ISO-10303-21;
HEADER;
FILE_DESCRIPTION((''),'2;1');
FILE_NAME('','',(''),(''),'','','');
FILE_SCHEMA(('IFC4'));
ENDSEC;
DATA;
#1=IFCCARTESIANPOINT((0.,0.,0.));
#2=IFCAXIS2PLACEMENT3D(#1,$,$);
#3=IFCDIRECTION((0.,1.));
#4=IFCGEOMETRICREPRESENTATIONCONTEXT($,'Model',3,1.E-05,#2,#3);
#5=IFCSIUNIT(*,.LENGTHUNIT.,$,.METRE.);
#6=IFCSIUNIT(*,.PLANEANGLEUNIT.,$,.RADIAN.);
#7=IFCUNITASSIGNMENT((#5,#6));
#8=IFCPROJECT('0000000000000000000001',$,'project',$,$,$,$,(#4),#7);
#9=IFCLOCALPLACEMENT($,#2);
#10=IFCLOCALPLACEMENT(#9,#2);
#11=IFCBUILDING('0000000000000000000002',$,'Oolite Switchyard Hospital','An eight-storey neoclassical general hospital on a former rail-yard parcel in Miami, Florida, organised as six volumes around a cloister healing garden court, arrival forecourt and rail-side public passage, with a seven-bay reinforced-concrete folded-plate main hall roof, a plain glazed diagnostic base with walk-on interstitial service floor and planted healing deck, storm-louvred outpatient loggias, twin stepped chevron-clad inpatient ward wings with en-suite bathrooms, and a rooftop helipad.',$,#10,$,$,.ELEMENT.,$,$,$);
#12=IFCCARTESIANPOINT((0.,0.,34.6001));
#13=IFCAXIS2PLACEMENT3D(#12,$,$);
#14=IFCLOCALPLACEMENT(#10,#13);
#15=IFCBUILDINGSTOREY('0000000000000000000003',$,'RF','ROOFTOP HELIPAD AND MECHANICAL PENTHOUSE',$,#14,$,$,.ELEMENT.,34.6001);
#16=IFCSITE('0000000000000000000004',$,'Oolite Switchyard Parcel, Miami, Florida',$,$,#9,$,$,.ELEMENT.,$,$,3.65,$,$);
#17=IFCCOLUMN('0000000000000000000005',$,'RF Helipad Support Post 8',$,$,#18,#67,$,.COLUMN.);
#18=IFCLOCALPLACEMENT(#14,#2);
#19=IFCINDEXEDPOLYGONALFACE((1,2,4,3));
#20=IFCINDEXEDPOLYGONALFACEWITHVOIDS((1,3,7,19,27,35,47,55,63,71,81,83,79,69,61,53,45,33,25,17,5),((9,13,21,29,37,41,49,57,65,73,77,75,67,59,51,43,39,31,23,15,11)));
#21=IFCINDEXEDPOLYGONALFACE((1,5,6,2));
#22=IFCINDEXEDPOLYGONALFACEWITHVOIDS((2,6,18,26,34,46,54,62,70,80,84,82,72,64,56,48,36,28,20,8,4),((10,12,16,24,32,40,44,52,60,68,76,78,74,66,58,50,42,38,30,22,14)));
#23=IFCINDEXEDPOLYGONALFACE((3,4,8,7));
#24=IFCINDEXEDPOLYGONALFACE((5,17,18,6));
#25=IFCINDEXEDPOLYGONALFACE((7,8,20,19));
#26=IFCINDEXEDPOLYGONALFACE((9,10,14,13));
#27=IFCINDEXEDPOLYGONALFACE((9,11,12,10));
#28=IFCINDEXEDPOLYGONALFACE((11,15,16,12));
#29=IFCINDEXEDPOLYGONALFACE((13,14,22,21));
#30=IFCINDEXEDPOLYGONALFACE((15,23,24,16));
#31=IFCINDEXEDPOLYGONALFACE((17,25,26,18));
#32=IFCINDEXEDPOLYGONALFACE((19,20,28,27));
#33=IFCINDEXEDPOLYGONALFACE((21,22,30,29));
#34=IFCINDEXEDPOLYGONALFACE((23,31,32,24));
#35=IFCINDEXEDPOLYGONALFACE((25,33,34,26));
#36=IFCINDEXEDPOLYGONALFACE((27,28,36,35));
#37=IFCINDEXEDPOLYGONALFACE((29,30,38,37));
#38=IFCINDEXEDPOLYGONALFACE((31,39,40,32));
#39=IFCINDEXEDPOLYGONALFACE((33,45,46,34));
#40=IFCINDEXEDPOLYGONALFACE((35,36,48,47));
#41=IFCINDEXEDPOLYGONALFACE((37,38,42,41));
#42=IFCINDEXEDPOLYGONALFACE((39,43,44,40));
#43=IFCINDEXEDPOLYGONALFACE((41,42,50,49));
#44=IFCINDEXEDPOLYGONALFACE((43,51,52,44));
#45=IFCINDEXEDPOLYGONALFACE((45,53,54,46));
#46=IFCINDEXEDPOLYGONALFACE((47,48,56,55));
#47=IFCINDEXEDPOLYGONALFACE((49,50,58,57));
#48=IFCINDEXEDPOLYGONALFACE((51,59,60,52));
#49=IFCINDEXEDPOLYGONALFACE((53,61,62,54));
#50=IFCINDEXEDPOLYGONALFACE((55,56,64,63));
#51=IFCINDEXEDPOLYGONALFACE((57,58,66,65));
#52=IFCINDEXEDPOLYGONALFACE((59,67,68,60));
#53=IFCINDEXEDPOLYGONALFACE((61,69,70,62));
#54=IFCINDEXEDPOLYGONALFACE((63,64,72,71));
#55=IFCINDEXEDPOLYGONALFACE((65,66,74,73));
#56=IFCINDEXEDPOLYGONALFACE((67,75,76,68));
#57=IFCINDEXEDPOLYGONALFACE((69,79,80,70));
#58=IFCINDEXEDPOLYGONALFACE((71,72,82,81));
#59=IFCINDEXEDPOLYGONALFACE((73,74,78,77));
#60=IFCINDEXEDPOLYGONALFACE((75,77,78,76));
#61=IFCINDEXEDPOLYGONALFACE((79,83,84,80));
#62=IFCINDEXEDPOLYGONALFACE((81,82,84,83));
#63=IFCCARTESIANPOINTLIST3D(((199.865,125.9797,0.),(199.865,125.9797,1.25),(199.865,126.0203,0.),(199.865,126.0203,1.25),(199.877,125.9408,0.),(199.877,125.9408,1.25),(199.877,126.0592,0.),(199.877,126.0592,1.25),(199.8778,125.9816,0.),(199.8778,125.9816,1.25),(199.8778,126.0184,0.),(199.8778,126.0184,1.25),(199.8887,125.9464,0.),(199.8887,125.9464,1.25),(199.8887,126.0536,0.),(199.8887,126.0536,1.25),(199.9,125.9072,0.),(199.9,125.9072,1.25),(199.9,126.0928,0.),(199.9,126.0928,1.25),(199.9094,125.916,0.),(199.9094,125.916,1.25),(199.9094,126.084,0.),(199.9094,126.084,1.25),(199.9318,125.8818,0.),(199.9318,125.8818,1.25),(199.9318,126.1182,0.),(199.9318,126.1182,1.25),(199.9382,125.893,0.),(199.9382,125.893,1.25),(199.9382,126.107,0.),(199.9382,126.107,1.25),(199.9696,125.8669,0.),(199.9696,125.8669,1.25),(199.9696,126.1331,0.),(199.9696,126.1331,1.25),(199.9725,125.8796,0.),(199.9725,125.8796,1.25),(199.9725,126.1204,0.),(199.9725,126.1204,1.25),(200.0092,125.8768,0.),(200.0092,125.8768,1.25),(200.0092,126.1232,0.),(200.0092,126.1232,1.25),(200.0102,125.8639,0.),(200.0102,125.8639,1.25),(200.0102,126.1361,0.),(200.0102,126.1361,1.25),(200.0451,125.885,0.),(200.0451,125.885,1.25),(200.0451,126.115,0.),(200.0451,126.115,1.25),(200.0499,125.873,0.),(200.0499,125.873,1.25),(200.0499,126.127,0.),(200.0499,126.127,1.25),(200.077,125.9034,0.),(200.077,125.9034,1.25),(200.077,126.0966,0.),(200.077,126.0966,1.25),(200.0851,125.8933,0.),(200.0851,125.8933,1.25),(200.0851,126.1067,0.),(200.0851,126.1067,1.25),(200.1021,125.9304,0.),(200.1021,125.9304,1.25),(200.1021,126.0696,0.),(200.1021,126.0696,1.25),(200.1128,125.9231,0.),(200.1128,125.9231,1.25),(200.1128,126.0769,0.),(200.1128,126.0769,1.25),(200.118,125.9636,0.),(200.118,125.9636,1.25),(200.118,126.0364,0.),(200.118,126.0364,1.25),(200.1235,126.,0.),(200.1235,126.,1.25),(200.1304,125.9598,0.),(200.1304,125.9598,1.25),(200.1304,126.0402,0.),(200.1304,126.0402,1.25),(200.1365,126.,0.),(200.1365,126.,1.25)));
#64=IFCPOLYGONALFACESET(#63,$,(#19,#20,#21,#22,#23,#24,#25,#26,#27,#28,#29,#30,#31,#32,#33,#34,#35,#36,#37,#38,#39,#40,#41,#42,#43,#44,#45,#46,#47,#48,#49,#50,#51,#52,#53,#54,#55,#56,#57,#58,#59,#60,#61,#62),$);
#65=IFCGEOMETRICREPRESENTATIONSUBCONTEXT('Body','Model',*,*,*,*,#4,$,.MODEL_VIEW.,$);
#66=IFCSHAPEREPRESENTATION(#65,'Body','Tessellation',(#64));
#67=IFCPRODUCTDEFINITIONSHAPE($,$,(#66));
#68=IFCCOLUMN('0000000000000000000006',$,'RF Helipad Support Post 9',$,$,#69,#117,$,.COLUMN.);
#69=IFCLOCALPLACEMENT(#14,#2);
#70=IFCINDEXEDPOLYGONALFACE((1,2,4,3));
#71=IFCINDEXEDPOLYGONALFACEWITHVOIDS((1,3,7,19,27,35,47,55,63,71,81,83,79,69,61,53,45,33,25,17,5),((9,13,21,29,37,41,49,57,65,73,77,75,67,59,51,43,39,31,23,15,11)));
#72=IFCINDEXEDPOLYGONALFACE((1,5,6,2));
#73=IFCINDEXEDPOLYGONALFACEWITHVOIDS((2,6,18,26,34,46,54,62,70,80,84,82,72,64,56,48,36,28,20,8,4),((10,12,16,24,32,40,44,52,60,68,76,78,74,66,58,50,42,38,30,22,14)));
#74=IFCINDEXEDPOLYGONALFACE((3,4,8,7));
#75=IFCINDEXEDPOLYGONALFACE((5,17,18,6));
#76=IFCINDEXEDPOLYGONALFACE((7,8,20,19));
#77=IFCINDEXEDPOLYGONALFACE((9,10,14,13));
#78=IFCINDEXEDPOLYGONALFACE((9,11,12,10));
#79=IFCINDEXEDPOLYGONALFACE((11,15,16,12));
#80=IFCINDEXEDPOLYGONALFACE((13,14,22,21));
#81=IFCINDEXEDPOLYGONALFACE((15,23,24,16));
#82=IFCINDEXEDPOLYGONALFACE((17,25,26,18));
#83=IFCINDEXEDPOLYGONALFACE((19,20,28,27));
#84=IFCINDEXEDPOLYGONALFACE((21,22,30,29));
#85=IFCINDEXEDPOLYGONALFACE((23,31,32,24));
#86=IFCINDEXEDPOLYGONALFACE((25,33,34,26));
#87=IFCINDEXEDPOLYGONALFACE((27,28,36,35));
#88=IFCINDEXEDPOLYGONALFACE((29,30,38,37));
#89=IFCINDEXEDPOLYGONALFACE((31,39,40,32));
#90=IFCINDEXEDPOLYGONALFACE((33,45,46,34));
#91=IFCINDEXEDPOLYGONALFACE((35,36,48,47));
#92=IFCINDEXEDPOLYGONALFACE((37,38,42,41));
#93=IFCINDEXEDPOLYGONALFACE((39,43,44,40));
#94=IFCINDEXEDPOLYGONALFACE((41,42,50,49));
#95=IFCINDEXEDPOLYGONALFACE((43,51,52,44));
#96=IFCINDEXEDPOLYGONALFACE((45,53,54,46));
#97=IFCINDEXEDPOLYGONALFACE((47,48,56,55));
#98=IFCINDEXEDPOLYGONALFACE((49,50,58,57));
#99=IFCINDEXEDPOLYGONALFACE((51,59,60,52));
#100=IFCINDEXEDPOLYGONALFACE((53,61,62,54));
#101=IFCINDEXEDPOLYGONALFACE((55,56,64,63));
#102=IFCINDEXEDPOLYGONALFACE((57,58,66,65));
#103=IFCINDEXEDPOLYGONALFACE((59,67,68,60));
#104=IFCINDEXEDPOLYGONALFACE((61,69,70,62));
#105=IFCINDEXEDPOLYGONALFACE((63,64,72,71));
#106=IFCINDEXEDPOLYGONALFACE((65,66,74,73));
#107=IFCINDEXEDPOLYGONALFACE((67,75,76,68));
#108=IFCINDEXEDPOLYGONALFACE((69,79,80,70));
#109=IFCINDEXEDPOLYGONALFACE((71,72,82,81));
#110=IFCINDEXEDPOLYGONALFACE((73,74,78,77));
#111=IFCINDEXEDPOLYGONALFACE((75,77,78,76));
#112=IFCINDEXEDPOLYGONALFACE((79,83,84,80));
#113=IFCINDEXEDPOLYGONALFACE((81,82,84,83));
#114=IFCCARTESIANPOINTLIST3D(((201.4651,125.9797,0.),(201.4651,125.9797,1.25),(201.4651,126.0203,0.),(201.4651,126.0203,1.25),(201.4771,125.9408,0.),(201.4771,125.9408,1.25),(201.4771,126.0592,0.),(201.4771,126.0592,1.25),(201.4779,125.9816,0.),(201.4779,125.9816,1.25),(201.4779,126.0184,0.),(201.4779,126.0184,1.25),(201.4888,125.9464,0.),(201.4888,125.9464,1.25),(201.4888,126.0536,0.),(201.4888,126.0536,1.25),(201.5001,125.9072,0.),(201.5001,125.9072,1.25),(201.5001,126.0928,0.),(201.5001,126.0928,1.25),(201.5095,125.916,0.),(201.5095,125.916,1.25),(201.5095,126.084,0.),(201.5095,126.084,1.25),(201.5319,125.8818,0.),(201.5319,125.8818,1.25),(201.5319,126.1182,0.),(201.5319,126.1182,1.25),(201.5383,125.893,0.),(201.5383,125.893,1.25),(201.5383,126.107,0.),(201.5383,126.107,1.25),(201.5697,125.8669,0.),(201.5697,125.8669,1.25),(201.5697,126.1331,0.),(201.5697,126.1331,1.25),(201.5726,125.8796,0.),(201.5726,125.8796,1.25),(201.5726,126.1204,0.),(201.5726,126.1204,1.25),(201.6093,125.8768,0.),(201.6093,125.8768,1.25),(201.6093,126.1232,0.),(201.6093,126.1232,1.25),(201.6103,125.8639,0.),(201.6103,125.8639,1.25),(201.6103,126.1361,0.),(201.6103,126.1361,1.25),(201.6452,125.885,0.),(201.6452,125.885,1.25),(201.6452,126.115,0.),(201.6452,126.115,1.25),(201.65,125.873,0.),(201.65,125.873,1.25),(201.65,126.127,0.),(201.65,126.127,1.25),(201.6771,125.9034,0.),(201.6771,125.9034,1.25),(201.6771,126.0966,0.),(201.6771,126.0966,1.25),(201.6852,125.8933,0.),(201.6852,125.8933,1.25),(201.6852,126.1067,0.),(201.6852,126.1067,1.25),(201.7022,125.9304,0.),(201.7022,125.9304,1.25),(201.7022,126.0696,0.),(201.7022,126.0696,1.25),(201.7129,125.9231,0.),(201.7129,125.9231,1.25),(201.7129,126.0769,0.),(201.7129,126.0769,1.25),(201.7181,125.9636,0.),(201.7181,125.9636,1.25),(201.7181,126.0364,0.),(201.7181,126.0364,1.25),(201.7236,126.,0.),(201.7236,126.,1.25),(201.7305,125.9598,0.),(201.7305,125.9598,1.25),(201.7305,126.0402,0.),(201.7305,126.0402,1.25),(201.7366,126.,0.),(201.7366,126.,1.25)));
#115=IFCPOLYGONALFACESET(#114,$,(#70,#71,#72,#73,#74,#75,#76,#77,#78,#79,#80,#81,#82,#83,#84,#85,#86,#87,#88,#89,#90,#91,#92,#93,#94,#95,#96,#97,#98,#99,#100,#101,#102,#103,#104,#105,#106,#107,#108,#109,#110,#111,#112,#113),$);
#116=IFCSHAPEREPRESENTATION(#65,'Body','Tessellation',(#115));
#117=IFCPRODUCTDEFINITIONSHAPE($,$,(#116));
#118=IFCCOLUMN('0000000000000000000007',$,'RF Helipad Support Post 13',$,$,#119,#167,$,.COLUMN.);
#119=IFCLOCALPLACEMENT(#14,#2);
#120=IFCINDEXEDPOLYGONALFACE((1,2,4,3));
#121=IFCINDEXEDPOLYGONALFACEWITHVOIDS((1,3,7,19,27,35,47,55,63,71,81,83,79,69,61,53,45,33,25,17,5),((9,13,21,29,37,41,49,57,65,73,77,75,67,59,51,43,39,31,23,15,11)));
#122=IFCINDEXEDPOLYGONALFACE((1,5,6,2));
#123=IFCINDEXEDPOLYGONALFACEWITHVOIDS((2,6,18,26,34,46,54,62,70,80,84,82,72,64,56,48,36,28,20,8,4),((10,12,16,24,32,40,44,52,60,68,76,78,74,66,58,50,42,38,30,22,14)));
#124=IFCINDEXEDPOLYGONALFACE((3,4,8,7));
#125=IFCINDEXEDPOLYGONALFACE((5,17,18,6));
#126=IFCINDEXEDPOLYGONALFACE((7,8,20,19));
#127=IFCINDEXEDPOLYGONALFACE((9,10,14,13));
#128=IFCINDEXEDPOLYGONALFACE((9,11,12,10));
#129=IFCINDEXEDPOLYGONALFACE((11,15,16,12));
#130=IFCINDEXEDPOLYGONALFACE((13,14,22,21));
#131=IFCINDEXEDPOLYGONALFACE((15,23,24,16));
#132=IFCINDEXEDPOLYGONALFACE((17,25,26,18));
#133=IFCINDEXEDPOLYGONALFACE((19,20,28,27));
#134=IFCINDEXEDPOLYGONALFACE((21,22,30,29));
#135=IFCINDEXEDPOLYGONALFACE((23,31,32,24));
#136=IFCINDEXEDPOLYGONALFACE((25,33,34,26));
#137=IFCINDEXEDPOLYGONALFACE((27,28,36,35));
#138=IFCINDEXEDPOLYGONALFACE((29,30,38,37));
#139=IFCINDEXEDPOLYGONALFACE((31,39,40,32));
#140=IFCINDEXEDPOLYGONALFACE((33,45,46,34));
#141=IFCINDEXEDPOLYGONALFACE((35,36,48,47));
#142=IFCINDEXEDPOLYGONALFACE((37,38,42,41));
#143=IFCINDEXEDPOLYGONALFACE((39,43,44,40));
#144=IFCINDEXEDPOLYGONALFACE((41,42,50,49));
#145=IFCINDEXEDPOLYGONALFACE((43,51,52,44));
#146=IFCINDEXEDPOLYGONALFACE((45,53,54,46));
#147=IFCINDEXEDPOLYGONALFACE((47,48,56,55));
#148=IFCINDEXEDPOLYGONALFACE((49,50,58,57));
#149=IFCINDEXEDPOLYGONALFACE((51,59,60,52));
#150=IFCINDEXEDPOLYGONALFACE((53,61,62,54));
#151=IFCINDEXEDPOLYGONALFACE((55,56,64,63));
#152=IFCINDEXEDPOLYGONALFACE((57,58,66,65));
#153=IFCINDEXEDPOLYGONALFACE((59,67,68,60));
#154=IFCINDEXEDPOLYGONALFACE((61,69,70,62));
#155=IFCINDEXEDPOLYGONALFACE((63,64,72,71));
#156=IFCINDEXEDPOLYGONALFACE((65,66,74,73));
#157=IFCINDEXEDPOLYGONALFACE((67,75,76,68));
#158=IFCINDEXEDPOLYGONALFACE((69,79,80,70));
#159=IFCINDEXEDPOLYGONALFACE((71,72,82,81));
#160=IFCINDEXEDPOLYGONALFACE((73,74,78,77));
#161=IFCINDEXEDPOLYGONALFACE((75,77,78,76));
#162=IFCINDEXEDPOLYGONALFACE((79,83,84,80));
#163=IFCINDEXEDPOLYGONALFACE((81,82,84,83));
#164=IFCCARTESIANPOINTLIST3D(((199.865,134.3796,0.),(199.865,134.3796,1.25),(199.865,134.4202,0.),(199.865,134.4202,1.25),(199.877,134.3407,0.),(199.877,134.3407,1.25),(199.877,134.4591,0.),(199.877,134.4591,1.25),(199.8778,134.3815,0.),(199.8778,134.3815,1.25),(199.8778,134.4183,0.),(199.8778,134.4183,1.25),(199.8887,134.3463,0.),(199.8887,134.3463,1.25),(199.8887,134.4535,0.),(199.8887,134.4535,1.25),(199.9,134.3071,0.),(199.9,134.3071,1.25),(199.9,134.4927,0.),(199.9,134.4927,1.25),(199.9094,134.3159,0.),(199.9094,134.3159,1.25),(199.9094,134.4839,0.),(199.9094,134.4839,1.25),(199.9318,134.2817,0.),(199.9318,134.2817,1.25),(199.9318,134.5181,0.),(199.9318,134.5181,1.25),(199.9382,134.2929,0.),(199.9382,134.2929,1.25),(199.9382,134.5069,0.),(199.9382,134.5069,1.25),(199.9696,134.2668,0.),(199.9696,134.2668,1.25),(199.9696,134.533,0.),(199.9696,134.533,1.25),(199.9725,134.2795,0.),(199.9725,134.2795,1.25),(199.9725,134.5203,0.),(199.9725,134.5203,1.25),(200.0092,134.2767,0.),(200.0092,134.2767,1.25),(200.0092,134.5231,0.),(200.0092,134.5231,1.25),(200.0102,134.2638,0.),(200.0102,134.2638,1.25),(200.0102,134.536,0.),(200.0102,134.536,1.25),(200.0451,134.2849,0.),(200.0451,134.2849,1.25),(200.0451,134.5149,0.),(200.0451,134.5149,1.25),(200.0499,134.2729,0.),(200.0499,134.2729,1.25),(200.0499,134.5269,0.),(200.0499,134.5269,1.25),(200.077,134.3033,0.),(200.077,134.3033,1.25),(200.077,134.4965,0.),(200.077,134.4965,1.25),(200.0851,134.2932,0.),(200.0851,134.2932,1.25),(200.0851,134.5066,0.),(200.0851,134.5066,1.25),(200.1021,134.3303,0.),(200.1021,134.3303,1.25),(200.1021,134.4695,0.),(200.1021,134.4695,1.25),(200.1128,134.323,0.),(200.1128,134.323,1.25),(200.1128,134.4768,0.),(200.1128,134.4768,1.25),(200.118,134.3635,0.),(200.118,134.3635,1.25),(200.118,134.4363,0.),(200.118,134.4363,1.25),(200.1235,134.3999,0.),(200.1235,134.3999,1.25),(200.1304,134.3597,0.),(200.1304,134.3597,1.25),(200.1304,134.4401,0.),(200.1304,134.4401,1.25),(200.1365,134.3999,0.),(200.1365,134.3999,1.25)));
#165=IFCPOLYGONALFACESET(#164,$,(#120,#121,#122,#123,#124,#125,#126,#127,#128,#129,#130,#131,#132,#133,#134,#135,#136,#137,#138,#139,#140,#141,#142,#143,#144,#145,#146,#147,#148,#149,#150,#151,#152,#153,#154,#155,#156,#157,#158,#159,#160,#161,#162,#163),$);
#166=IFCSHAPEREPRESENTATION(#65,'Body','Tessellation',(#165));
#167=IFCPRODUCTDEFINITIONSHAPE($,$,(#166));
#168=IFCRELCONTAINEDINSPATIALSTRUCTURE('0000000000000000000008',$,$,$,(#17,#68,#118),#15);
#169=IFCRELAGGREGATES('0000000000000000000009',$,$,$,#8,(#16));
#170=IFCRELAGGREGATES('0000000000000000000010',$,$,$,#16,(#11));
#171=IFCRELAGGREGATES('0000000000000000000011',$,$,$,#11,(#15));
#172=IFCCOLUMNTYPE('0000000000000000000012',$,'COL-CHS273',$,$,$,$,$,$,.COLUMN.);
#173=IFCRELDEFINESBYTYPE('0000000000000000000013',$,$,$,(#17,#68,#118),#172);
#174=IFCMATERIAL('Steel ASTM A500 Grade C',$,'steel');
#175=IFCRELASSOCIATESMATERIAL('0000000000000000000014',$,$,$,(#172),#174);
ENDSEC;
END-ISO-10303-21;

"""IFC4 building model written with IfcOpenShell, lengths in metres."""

from ifc_helpers import new_model, si_unit, direction, frame, origin, origin_2d, place, context, subcontext, project, spatial, hollow_circle, extrude, material, material_profile, profile_set, type_object, element, save


model = new_model("IFC4")

# Units and contexts
model_context = context("Model", 3, precision=1e-05, world=origin(), true_north=direction((0.0, 1.0)))
body_context = subcontext(model_context, "Body", "Model", "MODEL_VIEW")
ifc_project = project(units=[si_unit("LENGTHUNIT", "METRE"), si_unit("PLANEANGLEUNIT", "RADIAN")], contexts=[model_context])

# Site, building, storey
site_placement = place(None, origin())
site = spatial("IfcSite", under=ifc_project, at=site_placement, Name="Oolite Switchyard Parcel, Miami, Florida", CompositionType="ELEMENT", RefElevation=3.65)
building_placement = place(site_placement, origin())
building = spatial("IfcBuilding", under=site, at=building_placement, Name="Oolite Switchyard Hospital", Description="An eight-storey neoclassical general hospital on a former rail-yard parcel in Miami, Florida, organised as six volumes around a cloister healing garden court, arrival forecourt and rail-side public passage, with a seven-bay reinforced-concrete folded-plate main hall roof, a plain glazed diagnostic base with walk-on interstitial service floor and planted healing deck, storm-louvred outpatient loggias, twin stepped chevron-clad inpatient ward wings with en-suite bathrooms, and a rooftop helipad.", CompositionType="ELEMENT")
storey_placement = place(building_placement, frame((0.0, 0.0, 34.6001)))
storey = spatial("IfcBuildingStorey", under=building, at=storey_placement, Name="RF", Description="ROOFTOP HELIPAD AND MECHANICAL PENTHOUSE", CompositionType="ELEMENT", Elevation=34.6001)

# Columns
ifc_material_1 = material(Name="Steel ASTM A500 Grade C", Category="steel")
ifc_material_profile_1 = material_profile(ifc_material_1, hollow_circle(Radius=0.1365, WallThickness=0.0129, at=origin_2d()), Name="HSS273X13")
ifc_profile_set_1 = profile_set([ifc_material_profile_1], Name="Steel ASTM A500 Grade C")
column_type = type_object("IfcColumnType", Name="COL-CHS273", PredefinedType="COLUMN", material=ifc_profile_set_1)
for number, where, z_axis, x_axis, name in (
    (1, (200.0, 126.0, 0.0), (0.0, 0.0, 1.0), (1.0, 0.0, 0.0), "RF Helipad Support Post 8"),
    (2, (201.6001, 126.0, 0.0), (0.0, 0.0, 1.0), (1.0, 0.0, 0.0), "RF Helipad Support Post 9"),
    (3, (200.0, 134.3999, 0.0), (0.0, 0.0, 1.0), (1.0, 0.0, 0.0), "RF Helipad Support Post 13"),
):
    element("IfcColumn", number, at=place(storey_placement, frame(where, z_axis=z_axis, x_axis=x_axis)), inside=storey, type_object=column_type, Name=name, PredefinedType="COLUMN", context=body_context, shape_type="SweptSolid", body=[
        extrude(hollow_circle(Radius=0.1365, WallThickness=0.0129, at=origin_2d()), origin(), (0.0, 0.0, 1.0), 1.25),
    ])

save(model, "model.ifc")
